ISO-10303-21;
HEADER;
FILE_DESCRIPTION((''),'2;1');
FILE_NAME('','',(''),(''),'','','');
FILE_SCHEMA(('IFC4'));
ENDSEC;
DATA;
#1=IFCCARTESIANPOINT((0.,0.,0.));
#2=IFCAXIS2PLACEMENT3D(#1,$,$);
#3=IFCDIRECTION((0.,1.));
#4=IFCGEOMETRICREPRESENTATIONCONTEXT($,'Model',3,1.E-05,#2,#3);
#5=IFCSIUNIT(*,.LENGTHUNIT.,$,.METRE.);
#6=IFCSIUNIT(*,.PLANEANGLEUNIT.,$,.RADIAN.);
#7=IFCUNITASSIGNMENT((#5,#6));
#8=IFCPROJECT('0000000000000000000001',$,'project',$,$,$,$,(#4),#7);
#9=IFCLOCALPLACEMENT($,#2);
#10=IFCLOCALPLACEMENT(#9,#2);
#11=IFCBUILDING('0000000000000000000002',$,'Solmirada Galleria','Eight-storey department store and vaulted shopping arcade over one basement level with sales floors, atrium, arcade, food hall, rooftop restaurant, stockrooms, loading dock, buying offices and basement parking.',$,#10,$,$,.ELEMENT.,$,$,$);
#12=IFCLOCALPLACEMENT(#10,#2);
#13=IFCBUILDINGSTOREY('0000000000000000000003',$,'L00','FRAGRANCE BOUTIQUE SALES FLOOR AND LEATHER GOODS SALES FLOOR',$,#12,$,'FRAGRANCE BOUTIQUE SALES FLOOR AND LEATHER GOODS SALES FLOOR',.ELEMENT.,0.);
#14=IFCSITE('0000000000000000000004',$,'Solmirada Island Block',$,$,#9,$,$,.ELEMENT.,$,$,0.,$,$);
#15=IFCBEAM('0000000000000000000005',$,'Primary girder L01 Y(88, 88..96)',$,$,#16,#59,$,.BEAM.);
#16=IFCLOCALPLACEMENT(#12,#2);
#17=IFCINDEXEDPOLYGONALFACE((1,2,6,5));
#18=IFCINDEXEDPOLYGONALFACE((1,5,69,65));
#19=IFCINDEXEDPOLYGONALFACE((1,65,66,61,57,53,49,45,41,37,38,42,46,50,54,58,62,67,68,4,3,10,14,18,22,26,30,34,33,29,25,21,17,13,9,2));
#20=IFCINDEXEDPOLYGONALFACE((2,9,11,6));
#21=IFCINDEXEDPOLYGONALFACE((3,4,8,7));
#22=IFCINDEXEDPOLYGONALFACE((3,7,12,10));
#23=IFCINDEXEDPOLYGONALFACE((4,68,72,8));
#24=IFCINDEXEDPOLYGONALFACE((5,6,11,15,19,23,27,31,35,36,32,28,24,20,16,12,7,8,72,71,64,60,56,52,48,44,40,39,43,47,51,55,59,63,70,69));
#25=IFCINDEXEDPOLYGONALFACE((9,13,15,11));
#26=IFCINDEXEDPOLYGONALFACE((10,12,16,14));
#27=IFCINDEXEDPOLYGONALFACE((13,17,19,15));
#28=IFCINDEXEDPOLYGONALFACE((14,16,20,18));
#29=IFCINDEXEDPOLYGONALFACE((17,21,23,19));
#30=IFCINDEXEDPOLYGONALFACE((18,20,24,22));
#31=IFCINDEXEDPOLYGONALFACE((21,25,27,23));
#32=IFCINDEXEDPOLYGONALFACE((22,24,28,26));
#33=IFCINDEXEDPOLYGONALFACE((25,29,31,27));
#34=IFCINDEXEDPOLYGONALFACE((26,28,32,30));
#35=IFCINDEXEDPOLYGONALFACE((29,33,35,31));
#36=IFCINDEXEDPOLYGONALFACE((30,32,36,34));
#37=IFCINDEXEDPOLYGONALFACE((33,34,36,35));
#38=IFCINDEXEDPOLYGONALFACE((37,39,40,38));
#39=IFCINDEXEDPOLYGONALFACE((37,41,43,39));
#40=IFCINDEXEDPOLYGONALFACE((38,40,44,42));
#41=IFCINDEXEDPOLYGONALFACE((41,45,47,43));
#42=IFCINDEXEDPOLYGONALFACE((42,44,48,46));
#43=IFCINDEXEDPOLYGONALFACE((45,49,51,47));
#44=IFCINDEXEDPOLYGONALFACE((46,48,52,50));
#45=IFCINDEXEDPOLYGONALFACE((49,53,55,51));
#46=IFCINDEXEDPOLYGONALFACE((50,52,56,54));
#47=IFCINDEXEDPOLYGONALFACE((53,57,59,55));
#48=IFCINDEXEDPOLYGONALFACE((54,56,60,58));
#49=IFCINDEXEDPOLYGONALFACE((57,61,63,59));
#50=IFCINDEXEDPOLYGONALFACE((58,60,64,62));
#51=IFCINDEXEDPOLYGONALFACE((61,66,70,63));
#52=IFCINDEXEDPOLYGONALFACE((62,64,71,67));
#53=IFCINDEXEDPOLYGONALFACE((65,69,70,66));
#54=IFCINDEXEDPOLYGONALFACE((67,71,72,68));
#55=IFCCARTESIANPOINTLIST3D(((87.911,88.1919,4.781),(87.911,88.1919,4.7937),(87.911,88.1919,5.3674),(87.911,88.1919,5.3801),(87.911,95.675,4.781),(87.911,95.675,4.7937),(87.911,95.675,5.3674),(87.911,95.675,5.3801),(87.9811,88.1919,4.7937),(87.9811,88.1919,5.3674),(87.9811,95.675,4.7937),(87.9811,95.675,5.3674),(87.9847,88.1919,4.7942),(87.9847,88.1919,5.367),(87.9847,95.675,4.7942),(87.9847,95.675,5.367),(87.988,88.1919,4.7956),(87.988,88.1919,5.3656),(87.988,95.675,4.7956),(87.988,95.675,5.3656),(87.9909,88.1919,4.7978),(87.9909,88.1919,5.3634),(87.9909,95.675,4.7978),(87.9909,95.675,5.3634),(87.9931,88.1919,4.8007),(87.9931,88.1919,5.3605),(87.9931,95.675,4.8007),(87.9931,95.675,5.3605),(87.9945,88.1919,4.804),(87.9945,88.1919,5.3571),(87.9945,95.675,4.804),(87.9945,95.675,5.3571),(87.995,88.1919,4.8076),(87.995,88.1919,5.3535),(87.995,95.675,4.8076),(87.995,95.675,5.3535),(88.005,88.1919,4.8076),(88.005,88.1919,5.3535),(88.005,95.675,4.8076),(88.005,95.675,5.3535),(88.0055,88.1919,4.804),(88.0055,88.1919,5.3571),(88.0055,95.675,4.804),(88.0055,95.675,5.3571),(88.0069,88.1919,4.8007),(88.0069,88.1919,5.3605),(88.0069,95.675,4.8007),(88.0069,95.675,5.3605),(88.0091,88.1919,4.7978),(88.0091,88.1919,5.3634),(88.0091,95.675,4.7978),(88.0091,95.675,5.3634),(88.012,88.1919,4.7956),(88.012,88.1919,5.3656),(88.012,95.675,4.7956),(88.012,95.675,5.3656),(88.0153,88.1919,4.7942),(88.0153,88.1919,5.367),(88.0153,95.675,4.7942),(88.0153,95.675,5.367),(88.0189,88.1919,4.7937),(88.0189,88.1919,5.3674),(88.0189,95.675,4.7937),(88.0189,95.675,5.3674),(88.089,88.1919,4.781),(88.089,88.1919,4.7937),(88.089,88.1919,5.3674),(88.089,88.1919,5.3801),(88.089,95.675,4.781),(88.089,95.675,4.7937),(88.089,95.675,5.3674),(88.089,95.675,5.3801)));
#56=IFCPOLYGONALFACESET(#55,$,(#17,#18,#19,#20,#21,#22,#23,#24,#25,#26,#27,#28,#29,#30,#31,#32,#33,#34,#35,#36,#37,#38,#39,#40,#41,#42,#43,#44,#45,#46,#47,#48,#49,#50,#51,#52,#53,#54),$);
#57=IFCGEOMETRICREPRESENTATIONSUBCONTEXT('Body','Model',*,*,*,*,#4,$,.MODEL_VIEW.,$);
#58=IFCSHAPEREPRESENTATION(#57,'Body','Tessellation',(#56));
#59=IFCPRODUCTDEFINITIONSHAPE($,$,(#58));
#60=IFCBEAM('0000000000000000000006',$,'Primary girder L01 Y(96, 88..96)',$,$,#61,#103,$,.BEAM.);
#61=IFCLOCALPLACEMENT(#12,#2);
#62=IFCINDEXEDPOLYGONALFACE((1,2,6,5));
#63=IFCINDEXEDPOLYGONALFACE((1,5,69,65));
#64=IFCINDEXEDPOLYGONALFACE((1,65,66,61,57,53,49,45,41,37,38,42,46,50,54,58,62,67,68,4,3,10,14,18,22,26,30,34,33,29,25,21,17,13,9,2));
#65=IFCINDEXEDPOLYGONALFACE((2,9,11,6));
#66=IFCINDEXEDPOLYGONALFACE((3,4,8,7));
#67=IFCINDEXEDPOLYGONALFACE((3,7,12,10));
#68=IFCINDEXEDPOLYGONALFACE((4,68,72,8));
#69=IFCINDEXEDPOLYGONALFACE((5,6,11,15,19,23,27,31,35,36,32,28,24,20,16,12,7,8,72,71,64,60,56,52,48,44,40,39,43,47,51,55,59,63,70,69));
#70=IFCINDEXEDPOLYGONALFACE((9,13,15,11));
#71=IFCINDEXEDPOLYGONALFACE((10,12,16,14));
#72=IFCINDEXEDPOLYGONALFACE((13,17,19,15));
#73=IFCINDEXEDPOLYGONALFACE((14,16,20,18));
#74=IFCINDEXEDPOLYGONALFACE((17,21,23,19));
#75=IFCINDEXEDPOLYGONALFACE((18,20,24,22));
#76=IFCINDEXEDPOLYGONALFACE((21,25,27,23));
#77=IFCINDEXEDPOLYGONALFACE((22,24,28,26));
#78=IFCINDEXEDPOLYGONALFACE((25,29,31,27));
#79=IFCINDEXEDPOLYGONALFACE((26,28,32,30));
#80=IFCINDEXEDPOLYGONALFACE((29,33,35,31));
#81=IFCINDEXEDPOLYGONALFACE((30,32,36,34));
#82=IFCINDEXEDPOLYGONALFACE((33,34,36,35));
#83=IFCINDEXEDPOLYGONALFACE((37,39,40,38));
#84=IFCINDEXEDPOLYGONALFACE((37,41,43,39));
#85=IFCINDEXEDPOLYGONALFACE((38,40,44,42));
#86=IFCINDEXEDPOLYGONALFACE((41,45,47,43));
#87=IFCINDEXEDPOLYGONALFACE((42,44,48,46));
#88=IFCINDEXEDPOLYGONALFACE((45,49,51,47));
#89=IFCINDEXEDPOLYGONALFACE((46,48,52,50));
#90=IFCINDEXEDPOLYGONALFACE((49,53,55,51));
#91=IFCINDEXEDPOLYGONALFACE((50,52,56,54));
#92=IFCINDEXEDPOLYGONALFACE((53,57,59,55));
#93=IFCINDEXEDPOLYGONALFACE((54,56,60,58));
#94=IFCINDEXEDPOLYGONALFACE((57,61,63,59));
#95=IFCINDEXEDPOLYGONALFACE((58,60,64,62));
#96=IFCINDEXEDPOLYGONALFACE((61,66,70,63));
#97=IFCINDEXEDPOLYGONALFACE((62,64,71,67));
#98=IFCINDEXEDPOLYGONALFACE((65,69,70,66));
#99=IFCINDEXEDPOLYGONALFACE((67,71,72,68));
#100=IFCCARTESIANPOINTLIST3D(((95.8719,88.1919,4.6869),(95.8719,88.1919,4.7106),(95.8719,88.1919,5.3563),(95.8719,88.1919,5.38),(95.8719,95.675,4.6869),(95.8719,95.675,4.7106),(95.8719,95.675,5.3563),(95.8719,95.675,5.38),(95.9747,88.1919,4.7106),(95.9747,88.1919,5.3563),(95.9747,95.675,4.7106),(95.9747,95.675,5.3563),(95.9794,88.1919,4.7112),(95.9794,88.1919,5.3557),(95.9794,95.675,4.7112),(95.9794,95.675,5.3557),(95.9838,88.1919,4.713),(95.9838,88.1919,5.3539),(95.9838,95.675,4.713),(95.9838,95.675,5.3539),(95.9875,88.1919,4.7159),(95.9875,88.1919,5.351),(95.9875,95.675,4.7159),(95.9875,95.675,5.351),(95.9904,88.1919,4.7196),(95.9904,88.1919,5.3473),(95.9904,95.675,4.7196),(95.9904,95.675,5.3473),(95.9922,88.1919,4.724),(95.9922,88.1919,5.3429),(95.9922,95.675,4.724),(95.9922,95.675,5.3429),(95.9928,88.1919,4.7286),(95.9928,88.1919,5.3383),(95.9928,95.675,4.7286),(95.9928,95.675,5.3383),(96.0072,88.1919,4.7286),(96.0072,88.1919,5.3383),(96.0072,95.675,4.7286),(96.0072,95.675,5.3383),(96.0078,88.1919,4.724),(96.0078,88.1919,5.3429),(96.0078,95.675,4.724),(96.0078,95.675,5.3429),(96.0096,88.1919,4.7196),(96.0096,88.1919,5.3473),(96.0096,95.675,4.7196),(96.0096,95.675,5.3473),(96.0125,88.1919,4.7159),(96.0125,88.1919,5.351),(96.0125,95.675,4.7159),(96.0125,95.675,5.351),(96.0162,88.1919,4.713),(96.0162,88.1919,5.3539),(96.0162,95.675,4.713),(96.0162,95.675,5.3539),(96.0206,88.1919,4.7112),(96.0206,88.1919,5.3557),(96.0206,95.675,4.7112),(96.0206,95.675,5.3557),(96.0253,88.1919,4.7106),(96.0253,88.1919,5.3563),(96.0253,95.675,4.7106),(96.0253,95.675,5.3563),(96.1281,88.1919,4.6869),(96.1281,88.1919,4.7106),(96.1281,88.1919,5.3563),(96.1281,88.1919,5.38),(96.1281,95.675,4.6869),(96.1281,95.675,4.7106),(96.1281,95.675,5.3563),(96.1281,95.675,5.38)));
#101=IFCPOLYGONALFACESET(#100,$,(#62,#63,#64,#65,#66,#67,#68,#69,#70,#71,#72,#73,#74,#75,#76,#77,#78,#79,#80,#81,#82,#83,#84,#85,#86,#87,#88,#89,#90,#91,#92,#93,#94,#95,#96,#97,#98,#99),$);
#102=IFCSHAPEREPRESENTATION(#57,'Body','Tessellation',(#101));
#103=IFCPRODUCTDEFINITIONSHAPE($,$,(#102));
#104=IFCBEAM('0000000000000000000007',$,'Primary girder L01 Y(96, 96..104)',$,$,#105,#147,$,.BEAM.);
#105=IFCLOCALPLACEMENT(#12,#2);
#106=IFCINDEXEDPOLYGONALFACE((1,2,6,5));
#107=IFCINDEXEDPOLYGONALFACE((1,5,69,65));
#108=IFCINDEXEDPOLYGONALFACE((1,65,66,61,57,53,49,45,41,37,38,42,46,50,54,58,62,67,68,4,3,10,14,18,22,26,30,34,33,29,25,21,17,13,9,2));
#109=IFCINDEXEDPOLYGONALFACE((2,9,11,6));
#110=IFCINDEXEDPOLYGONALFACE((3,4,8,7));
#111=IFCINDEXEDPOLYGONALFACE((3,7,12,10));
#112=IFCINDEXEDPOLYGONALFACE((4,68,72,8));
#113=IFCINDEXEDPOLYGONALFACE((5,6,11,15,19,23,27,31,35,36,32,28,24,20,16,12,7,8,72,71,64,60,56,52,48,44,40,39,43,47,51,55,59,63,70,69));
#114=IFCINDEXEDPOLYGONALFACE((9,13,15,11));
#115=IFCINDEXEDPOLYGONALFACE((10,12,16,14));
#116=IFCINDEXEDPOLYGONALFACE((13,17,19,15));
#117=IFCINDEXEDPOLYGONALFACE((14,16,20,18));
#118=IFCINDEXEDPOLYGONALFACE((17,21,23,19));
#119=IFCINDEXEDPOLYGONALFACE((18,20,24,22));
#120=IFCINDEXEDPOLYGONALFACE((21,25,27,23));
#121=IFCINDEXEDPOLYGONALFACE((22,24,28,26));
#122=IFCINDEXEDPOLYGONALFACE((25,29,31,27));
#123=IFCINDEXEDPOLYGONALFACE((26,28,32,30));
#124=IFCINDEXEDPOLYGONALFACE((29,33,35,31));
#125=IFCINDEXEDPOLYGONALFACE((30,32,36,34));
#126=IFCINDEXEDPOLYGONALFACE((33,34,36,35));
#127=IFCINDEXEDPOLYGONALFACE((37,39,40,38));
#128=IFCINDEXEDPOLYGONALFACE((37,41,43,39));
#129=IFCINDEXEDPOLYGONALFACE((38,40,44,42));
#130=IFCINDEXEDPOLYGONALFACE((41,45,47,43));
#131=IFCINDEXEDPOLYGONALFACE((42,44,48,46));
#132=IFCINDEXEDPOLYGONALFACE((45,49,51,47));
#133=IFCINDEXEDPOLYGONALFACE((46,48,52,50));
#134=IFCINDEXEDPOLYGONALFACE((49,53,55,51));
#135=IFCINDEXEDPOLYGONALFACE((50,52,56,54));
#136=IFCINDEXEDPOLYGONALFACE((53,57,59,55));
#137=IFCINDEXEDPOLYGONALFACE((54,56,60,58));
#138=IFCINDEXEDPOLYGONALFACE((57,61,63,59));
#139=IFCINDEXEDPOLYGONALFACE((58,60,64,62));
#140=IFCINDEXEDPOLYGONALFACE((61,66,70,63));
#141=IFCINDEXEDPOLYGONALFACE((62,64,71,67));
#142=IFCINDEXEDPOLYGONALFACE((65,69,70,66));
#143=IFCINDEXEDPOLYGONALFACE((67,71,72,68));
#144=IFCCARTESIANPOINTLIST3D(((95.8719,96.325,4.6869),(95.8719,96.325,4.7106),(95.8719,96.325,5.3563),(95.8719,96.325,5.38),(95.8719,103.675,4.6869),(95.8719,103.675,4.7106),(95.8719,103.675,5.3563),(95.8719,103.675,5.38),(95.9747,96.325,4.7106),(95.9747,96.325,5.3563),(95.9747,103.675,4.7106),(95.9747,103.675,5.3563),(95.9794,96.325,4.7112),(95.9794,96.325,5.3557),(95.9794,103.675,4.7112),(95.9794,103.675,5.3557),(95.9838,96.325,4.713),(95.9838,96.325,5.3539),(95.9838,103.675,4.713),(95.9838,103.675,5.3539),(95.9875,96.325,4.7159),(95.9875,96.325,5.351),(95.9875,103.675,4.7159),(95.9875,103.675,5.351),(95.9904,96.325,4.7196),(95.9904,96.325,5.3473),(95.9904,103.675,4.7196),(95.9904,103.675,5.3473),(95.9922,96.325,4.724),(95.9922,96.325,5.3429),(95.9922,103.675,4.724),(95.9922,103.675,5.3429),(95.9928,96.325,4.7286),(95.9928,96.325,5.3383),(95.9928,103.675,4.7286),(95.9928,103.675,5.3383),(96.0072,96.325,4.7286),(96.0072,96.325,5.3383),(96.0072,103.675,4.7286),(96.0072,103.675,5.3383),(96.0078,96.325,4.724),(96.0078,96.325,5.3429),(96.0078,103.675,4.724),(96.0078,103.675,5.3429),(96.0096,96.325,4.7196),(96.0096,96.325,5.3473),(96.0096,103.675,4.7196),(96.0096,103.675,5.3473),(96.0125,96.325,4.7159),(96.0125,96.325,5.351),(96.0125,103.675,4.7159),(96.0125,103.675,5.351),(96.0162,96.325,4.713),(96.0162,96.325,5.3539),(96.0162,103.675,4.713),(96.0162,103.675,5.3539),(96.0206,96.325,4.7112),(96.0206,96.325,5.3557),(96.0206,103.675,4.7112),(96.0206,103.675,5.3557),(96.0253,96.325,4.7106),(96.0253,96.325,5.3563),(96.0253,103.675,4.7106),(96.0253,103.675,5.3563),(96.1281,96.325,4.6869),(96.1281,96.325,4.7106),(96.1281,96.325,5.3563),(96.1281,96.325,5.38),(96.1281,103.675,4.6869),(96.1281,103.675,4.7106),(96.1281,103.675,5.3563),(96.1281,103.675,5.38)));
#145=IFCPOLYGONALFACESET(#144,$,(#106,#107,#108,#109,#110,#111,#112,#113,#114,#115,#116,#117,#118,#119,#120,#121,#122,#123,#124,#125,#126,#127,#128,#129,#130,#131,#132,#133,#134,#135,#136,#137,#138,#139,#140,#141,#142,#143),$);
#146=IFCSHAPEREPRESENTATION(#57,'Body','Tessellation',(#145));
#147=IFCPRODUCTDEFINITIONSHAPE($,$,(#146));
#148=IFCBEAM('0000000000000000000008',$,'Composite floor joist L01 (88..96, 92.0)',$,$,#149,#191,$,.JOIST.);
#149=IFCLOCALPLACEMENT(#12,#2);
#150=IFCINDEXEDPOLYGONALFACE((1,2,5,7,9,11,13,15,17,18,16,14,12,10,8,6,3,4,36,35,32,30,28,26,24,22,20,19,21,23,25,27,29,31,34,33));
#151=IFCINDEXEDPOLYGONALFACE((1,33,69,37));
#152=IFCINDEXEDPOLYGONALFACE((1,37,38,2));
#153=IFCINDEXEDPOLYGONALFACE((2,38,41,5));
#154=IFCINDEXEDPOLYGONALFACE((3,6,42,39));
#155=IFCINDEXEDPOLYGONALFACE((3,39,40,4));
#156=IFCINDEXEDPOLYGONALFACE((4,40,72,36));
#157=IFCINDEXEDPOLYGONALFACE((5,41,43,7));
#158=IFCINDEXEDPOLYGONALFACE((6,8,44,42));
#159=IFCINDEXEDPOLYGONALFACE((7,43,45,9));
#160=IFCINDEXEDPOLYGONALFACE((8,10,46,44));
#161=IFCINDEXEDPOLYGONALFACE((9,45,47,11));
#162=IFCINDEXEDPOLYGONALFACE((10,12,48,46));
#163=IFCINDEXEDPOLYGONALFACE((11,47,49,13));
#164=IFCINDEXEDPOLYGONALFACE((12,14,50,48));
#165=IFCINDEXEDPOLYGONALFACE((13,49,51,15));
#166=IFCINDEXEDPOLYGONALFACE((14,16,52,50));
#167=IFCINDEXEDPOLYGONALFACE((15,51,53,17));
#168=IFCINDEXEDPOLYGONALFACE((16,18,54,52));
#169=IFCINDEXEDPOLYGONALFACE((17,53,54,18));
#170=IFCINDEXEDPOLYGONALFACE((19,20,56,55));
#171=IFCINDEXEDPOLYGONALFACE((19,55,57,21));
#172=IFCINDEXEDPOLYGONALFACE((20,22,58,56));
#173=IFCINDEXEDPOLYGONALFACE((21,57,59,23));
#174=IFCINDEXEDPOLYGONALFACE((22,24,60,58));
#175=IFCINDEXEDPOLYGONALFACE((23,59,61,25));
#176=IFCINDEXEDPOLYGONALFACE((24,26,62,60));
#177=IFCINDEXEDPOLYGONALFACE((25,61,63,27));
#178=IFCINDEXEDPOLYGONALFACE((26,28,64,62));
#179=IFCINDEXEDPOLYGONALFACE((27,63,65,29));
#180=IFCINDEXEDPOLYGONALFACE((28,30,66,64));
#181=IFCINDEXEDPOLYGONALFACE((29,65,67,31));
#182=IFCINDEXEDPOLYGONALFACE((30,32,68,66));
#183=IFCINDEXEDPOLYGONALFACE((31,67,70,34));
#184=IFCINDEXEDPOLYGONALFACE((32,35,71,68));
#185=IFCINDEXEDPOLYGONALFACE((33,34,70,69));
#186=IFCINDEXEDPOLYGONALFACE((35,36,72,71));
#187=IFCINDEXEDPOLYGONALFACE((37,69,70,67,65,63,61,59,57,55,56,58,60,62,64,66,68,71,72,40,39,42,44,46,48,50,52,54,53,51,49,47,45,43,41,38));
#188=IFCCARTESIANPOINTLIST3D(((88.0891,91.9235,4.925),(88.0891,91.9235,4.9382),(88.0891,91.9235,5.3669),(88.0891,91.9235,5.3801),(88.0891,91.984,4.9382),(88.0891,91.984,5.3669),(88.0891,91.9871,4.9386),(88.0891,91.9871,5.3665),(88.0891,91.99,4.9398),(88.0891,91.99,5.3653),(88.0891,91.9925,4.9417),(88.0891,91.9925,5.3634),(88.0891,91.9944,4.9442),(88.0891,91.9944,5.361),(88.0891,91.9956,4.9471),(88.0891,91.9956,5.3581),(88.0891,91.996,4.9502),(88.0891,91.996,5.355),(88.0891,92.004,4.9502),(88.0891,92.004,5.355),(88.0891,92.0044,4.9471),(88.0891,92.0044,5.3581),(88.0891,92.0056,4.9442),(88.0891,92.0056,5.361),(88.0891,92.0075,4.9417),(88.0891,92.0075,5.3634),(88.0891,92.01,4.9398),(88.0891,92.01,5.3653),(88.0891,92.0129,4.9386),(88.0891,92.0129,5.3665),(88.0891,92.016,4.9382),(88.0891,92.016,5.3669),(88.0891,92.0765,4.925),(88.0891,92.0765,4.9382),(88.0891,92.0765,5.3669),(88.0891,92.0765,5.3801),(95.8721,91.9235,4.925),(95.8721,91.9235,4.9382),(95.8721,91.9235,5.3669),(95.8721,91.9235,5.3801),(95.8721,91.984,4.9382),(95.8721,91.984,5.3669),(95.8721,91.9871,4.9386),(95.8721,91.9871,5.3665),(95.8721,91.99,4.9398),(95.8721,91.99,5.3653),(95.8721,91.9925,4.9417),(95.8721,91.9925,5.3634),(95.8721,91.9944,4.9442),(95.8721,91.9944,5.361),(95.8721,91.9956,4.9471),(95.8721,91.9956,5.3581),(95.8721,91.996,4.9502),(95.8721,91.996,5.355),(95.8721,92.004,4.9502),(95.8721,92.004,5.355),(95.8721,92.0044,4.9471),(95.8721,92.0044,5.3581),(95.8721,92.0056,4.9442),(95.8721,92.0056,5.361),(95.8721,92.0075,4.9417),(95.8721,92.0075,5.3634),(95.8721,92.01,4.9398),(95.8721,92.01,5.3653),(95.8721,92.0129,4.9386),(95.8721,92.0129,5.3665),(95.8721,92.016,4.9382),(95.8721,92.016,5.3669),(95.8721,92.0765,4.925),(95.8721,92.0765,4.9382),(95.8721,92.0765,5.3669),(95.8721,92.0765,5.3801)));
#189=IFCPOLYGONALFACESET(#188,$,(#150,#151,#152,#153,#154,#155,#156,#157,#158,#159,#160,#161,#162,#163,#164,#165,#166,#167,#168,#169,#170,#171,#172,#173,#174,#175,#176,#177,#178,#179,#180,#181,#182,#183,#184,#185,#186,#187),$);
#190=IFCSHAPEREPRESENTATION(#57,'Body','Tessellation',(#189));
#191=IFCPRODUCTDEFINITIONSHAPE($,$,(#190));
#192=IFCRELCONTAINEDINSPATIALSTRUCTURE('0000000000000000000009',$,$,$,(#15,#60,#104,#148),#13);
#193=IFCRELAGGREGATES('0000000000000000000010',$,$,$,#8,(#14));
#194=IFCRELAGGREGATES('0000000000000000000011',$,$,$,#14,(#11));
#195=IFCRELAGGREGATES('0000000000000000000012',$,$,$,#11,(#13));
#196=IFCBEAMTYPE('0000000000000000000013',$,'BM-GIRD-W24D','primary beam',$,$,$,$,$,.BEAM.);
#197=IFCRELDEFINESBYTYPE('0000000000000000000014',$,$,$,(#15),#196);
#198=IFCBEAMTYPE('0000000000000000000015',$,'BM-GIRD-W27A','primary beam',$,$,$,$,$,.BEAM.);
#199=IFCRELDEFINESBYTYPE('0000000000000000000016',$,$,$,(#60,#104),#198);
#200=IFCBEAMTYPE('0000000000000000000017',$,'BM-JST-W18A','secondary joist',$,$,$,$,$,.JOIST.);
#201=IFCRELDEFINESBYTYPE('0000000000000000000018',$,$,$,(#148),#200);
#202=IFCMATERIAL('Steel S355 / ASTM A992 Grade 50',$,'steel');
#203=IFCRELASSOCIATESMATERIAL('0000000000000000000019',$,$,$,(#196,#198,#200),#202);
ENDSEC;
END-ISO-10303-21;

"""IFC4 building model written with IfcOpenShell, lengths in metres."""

from ifc_helpers import new_model, si_unit, direction, frame, origin, origin_2d, place, context, subcontext, project, spatial, i_section, extrude, material, material_profile, profile_set, type_object, element, save


model = new_model("IFC4")

# Units and contexts
model_context = context("Model", 3, precision=1e-05, world=origin(), true_north=direction((0.0, 1.0)))
body_context = subcontext(model_context, "Body", "Model", "MODEL_VIEW")
ifc_project = project(units=[si_unit("LENGTHUNIT", "METRE"), si_unit("PLANEANGLEUNIT", "RADIAN")], contexts=[model_context])

# Site, building, storey
site_placement = place(None, origin())
site = spatial("IfcSite", under=ifc_project, at=site_placement, Name="Solmirada Island Block", CompositionType="ELEMENT", RefElevation=0.0)
building_placement = place(site_placement, origin())
building = spatial("IfcBuilding", under=site, at=building_placement, Name="Solmirada Galleria", Description="Eight-storey department store and vaulted shopping arcade over one basement level with sales floors, atrium, arcade, food hall, rooftop restaurant, stockrooms, loading dock, buying offices and basement parking.", CompositionType="ELEMENT")
storey_placement = place(building_placement, origin())
storey = spatial("IfcBuildingStorey", under=building, at=storey_placement, Name="L00", Description="FRAGRANCE BOUTIQUE SALES FLOOR AND LEATHER GOODS SALES FLOOR", LongName="FRAGRANCE BOUTIQUE SALES FLOOR AND LEATHER GOODS SALES FLOOR", CompositionType="ELEMENT", Elevation=0.0)

# Beams
ifc_material_1 = material(Name="Steel S355 / ASTM A992 Grade 50", Category="steel")
ifc_material_profile_1 = material_profile(ifc_material_1, i_section(OverallWidth=0.178, OverallDepth=0.5991, WebThickness=0.01, FlangeThickness=0.0127, FilletRadius=0.0139, at=origin_2d()), Name="W24X55")
ifc_profile_set_1 = profile_set([ifc_material_profile_1], Name="Steel S355 / ASTM A992 Grade 50")
beam_type_1 = type_object("IfcBeamType", Name="BM-GIRD-W24D", Description="primary beam", PredefinedType="BEAM", material=ifc_profile_set_1)
beam_1_placement = place(storey_placement, frame((88.0, 88.1919, 5.0806), z_axis=(0.0, 1.0, 0.0), x_axis=(-1.0, 0.0, 0.0)))
element("IfcBeam", 1, at=beam_1_placement, inside=storey, type_object=beam_type_1, Name="Primary girder L01 Y(88, 88..96)", PredefinedType="BEAM", context=body_context, shape_type="SweptSolid", body=[
    extrude(i_section(OverallWidth=0.178, OverallDepth=0.5991, WebThickness=0.01, FlangeThickness=0.0127, FilletRadius=0.0139, at=origin_2d()), origin(), (0.0, 0.0, 1.0), 7.4832),
])
ifc_material_profile_2 = material_profile(ifc_material_1, i_section(OverallWidth=0.2561, OverallDepth=0.6931, WebThickness=0.0144, FlangeThickness=0.0237, FilletRadius=0.0181, at=origin_2d()), Name="W27X114")
ifc_profile_set_2 = profile_set([ifc_material_profile_2], Name="Steel S355 / ASTM A992 Grade 50")
beam_type_2 = type_object("IfcBeamType", Name="BM-GIRD-W27A", Description="primary beam", PredefinedType="BEAM", material=ifc_profile_set_2)
beam_2_placement = place(storey_placement, frame((96.0, 88.1919, 5.0334), z_axis=(0.0, 1.0, 0.0), x_axis=(-1.0, 0.0, 0.0)))
element("IfcBeam", 2, at=beam_2_placement, inside=storey, type_object=beam_type_2, Name="Primary girder L01 Y(96, 88..96)", PredefinedType="BEAM", context=body_context, shape_type="SweptSolid", body=[
    extrude(i_section(OverallWidth=0.2561, OverallDepth=0.6931, WebThickness=0.0144, FlangeThickness=0.0237, FilletRadius=0.0181, at=origin_2d()), origin(), (0.0, 0.0, 1.0), 7.4832),
])
beam_3_placement = place(storey_placement, frame((96.0, 96.325, 5.0334), z_axis=(0.0, 1.0, 0.0), x_axis=(-1.0, 0.0, 0.0)))
element("IfcBeam", 3, at=beam_3_placement, inside=storey, type_object=beam_type_2, Name="Primary girder L01 Y(96, 96..104)", PredefinedType="BEAM", context=body_context, shape_type="SweptSolid", body=[
    extrude(i_section(OverallWidth=0.2561, OverallDepth=0.6931, WebThickness=0.0144, FlangeThickness=0.0237, FilletRadius=0.0181, at=origin_2d()), origin(), (0.0, 0.0, 1.0), 7.3501),
])
ifc_material_profile_3 = material_profile(ifc_material_1, i_section(OverallWidth=0.1531, OverallDepth=0.4551, WebThickness=0.0081, FlangeThickness=0.0132, FilletRadius=0.012, at=origin_2d()), Name="W18X40")
ifc_profile_set_3 = profile_set([ifc_material_profile_3], Name="Steel S355 / ASTM A992 Grade 50")
beam_type_3 = type_object("IfcBeamType", Name="BM-JST-W18A", Description="secondary joist", PredefinedType="JOIST", material=ifc_profile_set_3)
beam_4_placement = place(storey_placement, frame((88.0891, 92.0, 5.1526), z_axis=(1.0, 0.0, 0.0), x_axis=(0.0, 1.0, 0.0)))
element("IfcBeam", 4, at=beam_4_placement, inside=storey, type_object=beam_type_3, Name="Composite floor joist L01 (88..96, 92.0)", PredefinedType="JOIST", context=body_context, shape_type="SweptSolid", body=[
    extrude(i_section(OverallWidth=0.1531, OverallDepth=0.4551, WebThickness=0.0081, FlangeThickness=0.0132, FilletRadius=0.012, at=origin_2d()), origin(), (0.0, 0.0, 1.0), 7.783),
])

save(model, "model.ifc")
